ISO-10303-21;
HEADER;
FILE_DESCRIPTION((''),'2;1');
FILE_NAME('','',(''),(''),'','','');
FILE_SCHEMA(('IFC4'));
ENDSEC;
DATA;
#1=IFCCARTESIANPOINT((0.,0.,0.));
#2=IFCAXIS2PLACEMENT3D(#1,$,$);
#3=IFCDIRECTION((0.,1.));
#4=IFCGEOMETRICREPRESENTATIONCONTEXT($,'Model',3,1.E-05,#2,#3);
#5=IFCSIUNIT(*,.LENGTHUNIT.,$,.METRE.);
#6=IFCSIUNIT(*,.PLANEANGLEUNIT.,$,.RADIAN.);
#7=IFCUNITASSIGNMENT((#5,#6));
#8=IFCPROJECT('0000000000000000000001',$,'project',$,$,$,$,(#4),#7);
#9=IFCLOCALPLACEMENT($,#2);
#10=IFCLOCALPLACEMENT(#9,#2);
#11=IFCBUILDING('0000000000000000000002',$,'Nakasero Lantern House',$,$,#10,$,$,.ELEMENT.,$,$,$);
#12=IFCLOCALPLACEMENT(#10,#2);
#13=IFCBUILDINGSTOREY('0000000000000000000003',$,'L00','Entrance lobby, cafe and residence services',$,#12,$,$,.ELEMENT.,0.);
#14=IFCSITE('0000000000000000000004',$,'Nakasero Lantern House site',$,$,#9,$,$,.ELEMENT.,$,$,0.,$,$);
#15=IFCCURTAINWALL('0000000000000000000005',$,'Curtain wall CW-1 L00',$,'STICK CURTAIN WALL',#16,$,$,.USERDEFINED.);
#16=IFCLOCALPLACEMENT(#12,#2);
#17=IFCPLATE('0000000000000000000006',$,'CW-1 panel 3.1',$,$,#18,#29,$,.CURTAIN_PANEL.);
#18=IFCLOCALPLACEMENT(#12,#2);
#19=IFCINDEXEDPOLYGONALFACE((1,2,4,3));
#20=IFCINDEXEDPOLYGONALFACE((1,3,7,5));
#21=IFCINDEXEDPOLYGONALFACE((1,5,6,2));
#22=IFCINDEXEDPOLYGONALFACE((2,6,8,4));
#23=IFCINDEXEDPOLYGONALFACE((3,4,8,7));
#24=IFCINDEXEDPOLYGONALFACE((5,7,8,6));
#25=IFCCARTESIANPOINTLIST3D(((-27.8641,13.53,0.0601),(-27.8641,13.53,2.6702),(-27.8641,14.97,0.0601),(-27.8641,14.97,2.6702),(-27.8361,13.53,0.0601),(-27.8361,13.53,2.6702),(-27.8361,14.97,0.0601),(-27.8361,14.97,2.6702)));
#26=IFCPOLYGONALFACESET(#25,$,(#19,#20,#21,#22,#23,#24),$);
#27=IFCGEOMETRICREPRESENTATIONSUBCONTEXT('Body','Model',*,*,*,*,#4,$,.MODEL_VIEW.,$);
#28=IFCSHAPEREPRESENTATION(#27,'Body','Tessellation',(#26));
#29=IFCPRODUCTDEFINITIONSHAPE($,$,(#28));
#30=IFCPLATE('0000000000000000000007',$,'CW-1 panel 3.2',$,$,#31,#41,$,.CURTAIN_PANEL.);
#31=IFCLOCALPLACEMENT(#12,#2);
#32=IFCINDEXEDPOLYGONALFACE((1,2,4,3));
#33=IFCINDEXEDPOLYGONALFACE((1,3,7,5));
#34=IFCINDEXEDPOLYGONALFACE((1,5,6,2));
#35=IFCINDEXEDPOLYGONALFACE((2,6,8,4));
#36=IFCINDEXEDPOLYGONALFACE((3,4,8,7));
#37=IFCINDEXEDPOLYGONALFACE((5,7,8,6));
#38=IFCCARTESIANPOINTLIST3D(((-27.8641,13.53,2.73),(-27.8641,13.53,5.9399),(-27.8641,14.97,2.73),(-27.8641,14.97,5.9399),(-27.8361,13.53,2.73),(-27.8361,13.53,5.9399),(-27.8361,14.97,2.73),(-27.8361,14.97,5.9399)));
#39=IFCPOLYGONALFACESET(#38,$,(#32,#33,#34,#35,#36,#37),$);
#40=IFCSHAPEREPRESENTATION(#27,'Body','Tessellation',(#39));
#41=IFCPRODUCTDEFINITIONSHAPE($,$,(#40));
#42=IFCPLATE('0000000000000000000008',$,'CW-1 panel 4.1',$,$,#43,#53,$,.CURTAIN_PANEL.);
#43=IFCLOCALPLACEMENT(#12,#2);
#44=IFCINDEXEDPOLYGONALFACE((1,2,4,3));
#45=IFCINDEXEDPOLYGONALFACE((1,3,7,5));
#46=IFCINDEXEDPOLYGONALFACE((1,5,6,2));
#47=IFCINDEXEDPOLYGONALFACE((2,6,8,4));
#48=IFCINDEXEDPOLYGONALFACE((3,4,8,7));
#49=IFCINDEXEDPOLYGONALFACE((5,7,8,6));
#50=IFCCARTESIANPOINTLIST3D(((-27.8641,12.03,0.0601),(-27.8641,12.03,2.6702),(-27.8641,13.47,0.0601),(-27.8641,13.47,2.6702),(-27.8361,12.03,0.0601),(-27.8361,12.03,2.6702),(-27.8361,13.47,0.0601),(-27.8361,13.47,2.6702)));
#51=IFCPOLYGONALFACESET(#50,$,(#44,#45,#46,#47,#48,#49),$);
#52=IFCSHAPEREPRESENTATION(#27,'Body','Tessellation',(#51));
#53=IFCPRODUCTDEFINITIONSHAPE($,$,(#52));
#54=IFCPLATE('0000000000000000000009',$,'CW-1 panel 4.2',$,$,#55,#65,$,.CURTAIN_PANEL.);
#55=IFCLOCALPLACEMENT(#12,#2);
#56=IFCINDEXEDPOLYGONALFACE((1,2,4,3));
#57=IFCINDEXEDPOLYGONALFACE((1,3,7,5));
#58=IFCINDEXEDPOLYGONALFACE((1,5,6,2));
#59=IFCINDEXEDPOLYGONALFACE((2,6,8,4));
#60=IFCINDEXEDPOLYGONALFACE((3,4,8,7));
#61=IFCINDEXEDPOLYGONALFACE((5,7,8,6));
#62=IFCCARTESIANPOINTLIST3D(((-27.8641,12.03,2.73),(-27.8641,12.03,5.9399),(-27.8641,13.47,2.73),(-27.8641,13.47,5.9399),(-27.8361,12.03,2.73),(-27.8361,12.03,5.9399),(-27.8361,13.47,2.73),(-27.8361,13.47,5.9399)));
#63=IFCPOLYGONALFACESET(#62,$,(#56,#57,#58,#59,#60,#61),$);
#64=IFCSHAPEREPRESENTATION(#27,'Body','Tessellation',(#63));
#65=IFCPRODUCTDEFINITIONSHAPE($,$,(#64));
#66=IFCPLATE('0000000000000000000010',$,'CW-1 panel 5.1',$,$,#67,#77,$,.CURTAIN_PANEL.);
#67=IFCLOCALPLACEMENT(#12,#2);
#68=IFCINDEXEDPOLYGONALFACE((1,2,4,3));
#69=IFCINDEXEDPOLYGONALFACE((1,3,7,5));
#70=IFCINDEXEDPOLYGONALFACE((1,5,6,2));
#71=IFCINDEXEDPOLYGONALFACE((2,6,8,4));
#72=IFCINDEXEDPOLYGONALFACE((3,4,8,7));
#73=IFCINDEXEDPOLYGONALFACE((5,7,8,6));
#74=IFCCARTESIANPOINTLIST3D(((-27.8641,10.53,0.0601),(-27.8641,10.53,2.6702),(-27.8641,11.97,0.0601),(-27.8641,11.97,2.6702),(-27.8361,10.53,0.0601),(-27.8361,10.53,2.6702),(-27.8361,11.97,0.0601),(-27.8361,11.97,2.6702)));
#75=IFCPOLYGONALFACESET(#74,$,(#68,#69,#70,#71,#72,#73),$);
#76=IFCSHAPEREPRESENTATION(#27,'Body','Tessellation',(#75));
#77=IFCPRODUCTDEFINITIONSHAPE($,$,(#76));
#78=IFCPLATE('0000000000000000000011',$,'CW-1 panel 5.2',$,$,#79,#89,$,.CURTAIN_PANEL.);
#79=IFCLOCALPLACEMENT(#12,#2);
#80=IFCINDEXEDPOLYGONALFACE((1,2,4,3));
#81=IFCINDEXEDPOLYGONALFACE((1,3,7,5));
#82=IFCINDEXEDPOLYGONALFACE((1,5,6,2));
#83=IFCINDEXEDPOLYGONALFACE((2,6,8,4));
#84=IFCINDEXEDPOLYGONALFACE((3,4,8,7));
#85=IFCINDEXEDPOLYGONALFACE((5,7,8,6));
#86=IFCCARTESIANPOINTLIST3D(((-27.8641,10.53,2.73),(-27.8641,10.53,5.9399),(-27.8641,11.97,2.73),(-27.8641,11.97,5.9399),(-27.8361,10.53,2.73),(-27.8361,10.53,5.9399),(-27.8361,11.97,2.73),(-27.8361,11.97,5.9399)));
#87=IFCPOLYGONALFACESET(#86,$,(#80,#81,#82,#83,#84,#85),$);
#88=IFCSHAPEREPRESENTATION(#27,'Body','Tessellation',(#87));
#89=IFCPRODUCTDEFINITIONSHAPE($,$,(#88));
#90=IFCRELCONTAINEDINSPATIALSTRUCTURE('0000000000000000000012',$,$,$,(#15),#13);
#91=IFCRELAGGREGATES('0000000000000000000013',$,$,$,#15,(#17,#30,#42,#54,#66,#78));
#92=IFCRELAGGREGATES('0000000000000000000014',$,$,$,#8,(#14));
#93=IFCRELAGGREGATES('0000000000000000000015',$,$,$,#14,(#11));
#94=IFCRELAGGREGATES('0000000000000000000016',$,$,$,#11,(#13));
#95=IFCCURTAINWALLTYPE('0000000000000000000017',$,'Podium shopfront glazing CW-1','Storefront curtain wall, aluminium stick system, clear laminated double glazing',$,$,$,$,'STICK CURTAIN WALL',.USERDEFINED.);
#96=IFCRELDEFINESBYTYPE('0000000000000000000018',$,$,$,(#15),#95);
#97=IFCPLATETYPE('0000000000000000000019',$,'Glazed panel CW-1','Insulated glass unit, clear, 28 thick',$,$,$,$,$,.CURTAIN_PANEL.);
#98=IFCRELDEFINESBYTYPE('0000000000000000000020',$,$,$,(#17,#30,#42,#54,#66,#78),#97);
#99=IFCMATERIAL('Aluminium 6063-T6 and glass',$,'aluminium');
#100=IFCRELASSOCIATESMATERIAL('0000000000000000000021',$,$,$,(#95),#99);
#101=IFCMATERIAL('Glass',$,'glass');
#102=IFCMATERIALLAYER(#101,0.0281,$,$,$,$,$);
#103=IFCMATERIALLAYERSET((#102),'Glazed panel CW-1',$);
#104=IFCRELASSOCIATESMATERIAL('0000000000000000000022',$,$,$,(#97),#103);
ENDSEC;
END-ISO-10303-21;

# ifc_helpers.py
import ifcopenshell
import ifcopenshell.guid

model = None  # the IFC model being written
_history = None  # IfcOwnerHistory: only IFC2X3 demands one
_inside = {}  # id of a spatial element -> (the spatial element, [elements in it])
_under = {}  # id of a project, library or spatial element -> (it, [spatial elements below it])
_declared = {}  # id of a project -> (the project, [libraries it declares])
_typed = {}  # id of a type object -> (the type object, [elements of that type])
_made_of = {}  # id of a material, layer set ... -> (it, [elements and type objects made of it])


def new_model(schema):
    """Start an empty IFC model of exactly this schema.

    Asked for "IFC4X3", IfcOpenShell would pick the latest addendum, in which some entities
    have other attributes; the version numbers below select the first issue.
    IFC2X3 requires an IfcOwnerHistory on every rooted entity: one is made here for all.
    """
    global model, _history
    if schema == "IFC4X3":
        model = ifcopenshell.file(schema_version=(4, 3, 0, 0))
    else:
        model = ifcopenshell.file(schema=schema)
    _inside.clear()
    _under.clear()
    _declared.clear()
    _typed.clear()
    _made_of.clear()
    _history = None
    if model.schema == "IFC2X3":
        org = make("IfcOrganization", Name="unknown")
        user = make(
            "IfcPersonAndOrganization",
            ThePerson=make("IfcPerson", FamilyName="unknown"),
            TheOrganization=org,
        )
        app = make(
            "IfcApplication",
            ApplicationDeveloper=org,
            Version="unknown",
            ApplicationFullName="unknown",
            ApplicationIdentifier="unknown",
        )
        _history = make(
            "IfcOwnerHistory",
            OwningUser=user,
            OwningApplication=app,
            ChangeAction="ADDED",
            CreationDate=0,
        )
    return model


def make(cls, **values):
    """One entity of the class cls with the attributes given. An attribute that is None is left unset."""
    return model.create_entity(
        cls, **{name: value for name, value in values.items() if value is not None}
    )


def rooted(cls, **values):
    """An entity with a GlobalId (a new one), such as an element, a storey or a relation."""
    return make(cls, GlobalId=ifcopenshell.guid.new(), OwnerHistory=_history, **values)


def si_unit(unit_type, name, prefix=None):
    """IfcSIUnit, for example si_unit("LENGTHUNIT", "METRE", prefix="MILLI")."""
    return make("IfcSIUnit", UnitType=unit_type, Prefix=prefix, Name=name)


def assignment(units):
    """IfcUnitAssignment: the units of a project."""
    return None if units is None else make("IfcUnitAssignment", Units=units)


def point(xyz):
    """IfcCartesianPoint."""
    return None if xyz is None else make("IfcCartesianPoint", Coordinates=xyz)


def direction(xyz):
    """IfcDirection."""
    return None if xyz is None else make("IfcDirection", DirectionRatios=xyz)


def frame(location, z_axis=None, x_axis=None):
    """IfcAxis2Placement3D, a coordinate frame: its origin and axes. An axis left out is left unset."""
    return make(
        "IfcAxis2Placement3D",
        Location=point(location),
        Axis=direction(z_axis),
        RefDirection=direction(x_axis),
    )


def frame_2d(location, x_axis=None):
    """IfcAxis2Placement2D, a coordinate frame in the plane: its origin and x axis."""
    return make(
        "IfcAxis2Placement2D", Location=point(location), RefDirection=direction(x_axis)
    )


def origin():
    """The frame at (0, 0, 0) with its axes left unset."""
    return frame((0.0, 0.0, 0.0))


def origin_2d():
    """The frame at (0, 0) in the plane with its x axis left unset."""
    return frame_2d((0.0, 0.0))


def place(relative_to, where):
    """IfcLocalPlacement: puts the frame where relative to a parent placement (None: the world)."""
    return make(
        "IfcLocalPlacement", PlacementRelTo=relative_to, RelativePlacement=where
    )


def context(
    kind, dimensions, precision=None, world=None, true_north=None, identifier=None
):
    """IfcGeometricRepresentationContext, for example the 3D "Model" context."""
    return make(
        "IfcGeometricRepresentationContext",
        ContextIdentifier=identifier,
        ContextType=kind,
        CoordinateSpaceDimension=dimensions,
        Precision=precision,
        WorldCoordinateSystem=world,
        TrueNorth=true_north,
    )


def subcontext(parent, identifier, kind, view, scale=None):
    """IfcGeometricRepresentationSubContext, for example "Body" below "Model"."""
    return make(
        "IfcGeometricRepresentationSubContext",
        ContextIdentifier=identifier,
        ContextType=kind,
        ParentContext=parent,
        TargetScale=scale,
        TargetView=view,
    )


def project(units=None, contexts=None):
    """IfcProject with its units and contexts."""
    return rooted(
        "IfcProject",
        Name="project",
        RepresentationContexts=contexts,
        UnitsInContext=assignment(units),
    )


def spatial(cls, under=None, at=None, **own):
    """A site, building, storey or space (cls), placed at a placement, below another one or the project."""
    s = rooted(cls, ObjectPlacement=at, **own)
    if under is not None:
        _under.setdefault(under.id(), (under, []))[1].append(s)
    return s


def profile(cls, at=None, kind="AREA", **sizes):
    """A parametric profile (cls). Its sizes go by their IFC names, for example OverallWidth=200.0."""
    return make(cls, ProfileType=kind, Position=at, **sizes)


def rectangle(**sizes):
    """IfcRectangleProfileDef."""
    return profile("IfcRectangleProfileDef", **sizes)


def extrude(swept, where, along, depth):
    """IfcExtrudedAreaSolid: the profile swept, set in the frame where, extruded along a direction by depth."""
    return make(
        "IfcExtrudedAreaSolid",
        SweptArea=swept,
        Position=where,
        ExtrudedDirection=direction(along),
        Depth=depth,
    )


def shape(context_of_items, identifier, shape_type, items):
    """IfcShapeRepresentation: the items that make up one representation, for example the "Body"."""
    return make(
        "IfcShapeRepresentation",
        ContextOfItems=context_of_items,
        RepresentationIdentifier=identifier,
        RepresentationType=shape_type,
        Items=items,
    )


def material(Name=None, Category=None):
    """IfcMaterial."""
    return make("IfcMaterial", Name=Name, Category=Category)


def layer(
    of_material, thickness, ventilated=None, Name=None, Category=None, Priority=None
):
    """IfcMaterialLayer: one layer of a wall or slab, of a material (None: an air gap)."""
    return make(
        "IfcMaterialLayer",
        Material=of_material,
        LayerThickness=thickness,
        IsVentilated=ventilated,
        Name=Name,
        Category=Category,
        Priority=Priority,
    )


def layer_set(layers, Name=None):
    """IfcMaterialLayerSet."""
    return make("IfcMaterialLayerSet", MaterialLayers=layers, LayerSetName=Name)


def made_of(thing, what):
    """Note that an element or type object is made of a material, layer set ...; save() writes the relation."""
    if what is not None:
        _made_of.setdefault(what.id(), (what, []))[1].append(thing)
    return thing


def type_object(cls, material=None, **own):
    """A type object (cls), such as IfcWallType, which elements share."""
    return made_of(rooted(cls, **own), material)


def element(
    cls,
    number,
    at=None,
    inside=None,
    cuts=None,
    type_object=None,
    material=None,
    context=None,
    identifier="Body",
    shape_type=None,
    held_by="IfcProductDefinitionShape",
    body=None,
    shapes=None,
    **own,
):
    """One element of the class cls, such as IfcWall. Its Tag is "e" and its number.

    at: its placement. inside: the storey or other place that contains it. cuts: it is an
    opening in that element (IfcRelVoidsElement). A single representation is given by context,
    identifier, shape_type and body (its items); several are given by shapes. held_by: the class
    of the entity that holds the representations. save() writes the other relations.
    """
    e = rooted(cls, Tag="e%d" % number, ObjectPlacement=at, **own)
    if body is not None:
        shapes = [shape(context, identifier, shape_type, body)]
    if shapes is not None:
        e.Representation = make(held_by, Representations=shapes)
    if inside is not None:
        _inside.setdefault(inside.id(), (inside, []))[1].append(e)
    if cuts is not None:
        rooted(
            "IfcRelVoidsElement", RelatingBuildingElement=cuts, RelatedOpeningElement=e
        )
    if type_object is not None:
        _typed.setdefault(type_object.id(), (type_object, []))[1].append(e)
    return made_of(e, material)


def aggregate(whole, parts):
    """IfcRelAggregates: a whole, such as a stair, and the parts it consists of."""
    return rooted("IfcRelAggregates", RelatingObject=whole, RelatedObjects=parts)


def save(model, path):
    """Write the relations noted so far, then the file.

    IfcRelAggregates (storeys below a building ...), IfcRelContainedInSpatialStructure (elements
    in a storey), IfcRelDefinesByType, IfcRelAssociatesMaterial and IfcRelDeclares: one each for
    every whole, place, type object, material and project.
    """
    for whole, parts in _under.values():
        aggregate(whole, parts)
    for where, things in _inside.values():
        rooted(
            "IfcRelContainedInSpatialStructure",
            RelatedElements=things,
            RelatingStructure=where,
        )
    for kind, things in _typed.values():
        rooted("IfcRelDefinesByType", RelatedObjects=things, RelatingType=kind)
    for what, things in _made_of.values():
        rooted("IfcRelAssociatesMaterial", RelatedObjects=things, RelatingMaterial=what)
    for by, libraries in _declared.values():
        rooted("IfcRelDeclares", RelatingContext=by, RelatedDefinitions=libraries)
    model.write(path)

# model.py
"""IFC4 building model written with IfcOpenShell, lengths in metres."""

from ifc_helpers import new_model, si_unit, direction, frame, origin, origin_2d, place, context, subcontext, project, spatial, rectangle, extrude, material, layer, layer_set, type_object, element, aggregate, save


model = new_model("IFC4")

# Units and contexts
model_context = context("Model", 3, precision=1e-05, world=origin(), true_north=direction((0.0, 1.0)))
body_context = subcontext(model_context, "Body", "Model", "MODEL_VIEW")
ifc_project = project(units=[si_unit("LENGTHUNIT", "METRE"), si_unit("PLANEANGLEUNIT", "RADIAN")], contexts=[model_context])

# Site, building, storey
site_placement = place(None, origin())
site = spatial("IfcSite", under=ifc_project, at=site_placement, Name="Nakasero Lantern House site", CompositionType="ELEMENT", RefElevation=0.0)
building_placement = place(site_placement, origin())
building = spatial("IfcBuilding", under=site, at=building_placement, Name="Nakasero Lantern House", CompositionType="ELEMENT")
storey_placement = place(building_placement, origin())
storey = spatial("IfcBuildingStorey", under=building, at=storey_placement, Name="L00", Description="Entrance lobby, cafe and residence services", CompositionType="ELEMENT", Elevation=0.0)

# Shared definitions
ifc_material_1 = material(Name="Aluminium 6063-T6 and glass", Category="aluminium")
curtain_wall_type = type_object("IfcCurtainWallType", Name="Podium shopfront glazing CW-1", Description="Storefront curtain wall, aluminium stick system, clear laminated double glazing", ElementType="STICK CURTAIN WALL", PredefinedType="USERDEFINED", material=ifc_material_1)

# Curtain wall
curtain_wall_1_placement = place(storey_placement, origin())
curtain_wall_1 = element("IfcCurtainWall", 1, at=curtain_wall_1_placement, inside=storey, type_object=curtain_wall_type, Name="Curtain wall CW-1 L00", ObjectType="STICK CURTAIN WALL", PredefinedType="USERDEFINED")

# Plates
ifc_material_2 = material(Name="Glass", Category="glass")
ifc_layer = layer(ifc_material_2, 0.0281)
ifc_layer_set = layer_set([ifc_layer], Name="Glazed panel CW-1")
plate_type = type_object("IfcPlateType", Name="Glazed panel CW-1", Description="Insulated glass unit, clear, 28 thick", PredefinedType="CURTAIN_PANEL", material=ifc_layer_set)
plate_1_placement = place(storey_placement, frame((-27.8501, 14.25, 0.0601), z_axis=(0.0, 0.0, 1.0), x_axis=(0.0, -1.0, 0.0)))
plate_1 = element("IfcPlate", 2, at=plate_1_placement, type_object=plate_type, Name="CW-1 panel 3.1", PredefinedType="CURTAIN_PANEL", context=body_context, shape_type="SweptSolid", body=[
    extrude(rectangle(XDim=1.4399, YDim=0.0281, at=origin_2d()), origin(), (0.0, 0.0, 1.0), 2.6101),
])
plate_2_placement = place(storey_placement, frame((-27.8501, 14.25, 2.73), z_axis=(0.0, 0.0, 1.0), x_axis=(0.0, -1.0, 0.0)))
plate_2 = element("IfcPlate", 3, at=plate_2_placement, type_object=plate_type, Name="CW-1 panel 3.2", PredefinedType="CURTAIN_PANEL", context=body_context, shape_type="SweptSolid", body=[
    extrude(rectangle(XDim=1.4399, YDim=0.0281, at=origin_2d()), origin(), (0.0, 0.0, 1.0), 3.21),
])
plate_3_placement = place(storey_placement, frame((-27.8501, 12.75, 0.0601), z_axis=(0.0, 0.0, 1.0), x_axis=(0.0, -1.0, 0.0)))
plate_3 = element("IfcPlate", 4, at=plate_3_placement, type_object=plate_type, Name="CW-1 panel 4.1", PredefinedType="CURTAIN_PANEL", context=body_context, shape_type="SweptSolid", body=[
    extrude(rectangle(XDim=1.4399, YDim=0.0281, at=origin_2d()), origin(), (0.0, 0.0, 1.0), 2.6101),
])
plate_4_placement = place(storey_placement, frame((-27.8501, 12.75, 2.73), z_axis=(0.0, 0.0, 1.0), x_axis=(0.0, -1.0, 0.0)))
plate_4 = element("IfcPlate", 5, at=plate_4_placement, type_object=plate_type, Name="CW-1 panel 4.2", PredefinedType="CURTAIN_PANEL", context=body_context, shape_type="SweptSolid", body=[
    extrude(rectangle(XDim=1.4399, YDim=0.0281, at=origin_2d()), origin(), (0.0, 0.0, 1.0), 3.21),
])
plate_5_placement = place(storey_placement, frame((-27.8501, 11.25, 0.0601), z_axis=(0.0, 0.0, 1.0), x_axis=(0.0, -1.0, 0.0)))
plate_5 = element("IfcPlate", 6, at=plate_5_placement, type_object=plate_type, Name="CW-1 panel 5.1", PredefinedType="CURTAIN_PANEL", context=body_context, shape_type="SweptSolid", body=[
    extrude(rectangle(XDim=1.4399, YDim=0.0281, at=origin_2d()), origin(), (0.0, 0.0, 1.0), 2.6101),
])
plate_6_placement = place(storey_placement, frame((-27.8501, 11.25, 2.73), z_axis=(0.0, 0.0, 1.0), x_axis=(0.0, -1.0, 0.0)))
plate_6 = element("IfcPlate", 7, at=plate_6_placement, type_object=plate_type, Name="CW-1 panel 5.2", PredefinedType="CURTAIN_PANEL", context=body_context, shape_type="SweptSolid", body=[
    extrude(rectangle(XDim=1.4399, YDim=0.0281, at=origin_2d()), origin(), (0.0, 0.0, 1.0), 3.21),
])
aggregate(curtain_wall_1, [plate_1, plate_2, plate_3, plate_4, plate_5, plate_6])

save(model, "model.ifc")
